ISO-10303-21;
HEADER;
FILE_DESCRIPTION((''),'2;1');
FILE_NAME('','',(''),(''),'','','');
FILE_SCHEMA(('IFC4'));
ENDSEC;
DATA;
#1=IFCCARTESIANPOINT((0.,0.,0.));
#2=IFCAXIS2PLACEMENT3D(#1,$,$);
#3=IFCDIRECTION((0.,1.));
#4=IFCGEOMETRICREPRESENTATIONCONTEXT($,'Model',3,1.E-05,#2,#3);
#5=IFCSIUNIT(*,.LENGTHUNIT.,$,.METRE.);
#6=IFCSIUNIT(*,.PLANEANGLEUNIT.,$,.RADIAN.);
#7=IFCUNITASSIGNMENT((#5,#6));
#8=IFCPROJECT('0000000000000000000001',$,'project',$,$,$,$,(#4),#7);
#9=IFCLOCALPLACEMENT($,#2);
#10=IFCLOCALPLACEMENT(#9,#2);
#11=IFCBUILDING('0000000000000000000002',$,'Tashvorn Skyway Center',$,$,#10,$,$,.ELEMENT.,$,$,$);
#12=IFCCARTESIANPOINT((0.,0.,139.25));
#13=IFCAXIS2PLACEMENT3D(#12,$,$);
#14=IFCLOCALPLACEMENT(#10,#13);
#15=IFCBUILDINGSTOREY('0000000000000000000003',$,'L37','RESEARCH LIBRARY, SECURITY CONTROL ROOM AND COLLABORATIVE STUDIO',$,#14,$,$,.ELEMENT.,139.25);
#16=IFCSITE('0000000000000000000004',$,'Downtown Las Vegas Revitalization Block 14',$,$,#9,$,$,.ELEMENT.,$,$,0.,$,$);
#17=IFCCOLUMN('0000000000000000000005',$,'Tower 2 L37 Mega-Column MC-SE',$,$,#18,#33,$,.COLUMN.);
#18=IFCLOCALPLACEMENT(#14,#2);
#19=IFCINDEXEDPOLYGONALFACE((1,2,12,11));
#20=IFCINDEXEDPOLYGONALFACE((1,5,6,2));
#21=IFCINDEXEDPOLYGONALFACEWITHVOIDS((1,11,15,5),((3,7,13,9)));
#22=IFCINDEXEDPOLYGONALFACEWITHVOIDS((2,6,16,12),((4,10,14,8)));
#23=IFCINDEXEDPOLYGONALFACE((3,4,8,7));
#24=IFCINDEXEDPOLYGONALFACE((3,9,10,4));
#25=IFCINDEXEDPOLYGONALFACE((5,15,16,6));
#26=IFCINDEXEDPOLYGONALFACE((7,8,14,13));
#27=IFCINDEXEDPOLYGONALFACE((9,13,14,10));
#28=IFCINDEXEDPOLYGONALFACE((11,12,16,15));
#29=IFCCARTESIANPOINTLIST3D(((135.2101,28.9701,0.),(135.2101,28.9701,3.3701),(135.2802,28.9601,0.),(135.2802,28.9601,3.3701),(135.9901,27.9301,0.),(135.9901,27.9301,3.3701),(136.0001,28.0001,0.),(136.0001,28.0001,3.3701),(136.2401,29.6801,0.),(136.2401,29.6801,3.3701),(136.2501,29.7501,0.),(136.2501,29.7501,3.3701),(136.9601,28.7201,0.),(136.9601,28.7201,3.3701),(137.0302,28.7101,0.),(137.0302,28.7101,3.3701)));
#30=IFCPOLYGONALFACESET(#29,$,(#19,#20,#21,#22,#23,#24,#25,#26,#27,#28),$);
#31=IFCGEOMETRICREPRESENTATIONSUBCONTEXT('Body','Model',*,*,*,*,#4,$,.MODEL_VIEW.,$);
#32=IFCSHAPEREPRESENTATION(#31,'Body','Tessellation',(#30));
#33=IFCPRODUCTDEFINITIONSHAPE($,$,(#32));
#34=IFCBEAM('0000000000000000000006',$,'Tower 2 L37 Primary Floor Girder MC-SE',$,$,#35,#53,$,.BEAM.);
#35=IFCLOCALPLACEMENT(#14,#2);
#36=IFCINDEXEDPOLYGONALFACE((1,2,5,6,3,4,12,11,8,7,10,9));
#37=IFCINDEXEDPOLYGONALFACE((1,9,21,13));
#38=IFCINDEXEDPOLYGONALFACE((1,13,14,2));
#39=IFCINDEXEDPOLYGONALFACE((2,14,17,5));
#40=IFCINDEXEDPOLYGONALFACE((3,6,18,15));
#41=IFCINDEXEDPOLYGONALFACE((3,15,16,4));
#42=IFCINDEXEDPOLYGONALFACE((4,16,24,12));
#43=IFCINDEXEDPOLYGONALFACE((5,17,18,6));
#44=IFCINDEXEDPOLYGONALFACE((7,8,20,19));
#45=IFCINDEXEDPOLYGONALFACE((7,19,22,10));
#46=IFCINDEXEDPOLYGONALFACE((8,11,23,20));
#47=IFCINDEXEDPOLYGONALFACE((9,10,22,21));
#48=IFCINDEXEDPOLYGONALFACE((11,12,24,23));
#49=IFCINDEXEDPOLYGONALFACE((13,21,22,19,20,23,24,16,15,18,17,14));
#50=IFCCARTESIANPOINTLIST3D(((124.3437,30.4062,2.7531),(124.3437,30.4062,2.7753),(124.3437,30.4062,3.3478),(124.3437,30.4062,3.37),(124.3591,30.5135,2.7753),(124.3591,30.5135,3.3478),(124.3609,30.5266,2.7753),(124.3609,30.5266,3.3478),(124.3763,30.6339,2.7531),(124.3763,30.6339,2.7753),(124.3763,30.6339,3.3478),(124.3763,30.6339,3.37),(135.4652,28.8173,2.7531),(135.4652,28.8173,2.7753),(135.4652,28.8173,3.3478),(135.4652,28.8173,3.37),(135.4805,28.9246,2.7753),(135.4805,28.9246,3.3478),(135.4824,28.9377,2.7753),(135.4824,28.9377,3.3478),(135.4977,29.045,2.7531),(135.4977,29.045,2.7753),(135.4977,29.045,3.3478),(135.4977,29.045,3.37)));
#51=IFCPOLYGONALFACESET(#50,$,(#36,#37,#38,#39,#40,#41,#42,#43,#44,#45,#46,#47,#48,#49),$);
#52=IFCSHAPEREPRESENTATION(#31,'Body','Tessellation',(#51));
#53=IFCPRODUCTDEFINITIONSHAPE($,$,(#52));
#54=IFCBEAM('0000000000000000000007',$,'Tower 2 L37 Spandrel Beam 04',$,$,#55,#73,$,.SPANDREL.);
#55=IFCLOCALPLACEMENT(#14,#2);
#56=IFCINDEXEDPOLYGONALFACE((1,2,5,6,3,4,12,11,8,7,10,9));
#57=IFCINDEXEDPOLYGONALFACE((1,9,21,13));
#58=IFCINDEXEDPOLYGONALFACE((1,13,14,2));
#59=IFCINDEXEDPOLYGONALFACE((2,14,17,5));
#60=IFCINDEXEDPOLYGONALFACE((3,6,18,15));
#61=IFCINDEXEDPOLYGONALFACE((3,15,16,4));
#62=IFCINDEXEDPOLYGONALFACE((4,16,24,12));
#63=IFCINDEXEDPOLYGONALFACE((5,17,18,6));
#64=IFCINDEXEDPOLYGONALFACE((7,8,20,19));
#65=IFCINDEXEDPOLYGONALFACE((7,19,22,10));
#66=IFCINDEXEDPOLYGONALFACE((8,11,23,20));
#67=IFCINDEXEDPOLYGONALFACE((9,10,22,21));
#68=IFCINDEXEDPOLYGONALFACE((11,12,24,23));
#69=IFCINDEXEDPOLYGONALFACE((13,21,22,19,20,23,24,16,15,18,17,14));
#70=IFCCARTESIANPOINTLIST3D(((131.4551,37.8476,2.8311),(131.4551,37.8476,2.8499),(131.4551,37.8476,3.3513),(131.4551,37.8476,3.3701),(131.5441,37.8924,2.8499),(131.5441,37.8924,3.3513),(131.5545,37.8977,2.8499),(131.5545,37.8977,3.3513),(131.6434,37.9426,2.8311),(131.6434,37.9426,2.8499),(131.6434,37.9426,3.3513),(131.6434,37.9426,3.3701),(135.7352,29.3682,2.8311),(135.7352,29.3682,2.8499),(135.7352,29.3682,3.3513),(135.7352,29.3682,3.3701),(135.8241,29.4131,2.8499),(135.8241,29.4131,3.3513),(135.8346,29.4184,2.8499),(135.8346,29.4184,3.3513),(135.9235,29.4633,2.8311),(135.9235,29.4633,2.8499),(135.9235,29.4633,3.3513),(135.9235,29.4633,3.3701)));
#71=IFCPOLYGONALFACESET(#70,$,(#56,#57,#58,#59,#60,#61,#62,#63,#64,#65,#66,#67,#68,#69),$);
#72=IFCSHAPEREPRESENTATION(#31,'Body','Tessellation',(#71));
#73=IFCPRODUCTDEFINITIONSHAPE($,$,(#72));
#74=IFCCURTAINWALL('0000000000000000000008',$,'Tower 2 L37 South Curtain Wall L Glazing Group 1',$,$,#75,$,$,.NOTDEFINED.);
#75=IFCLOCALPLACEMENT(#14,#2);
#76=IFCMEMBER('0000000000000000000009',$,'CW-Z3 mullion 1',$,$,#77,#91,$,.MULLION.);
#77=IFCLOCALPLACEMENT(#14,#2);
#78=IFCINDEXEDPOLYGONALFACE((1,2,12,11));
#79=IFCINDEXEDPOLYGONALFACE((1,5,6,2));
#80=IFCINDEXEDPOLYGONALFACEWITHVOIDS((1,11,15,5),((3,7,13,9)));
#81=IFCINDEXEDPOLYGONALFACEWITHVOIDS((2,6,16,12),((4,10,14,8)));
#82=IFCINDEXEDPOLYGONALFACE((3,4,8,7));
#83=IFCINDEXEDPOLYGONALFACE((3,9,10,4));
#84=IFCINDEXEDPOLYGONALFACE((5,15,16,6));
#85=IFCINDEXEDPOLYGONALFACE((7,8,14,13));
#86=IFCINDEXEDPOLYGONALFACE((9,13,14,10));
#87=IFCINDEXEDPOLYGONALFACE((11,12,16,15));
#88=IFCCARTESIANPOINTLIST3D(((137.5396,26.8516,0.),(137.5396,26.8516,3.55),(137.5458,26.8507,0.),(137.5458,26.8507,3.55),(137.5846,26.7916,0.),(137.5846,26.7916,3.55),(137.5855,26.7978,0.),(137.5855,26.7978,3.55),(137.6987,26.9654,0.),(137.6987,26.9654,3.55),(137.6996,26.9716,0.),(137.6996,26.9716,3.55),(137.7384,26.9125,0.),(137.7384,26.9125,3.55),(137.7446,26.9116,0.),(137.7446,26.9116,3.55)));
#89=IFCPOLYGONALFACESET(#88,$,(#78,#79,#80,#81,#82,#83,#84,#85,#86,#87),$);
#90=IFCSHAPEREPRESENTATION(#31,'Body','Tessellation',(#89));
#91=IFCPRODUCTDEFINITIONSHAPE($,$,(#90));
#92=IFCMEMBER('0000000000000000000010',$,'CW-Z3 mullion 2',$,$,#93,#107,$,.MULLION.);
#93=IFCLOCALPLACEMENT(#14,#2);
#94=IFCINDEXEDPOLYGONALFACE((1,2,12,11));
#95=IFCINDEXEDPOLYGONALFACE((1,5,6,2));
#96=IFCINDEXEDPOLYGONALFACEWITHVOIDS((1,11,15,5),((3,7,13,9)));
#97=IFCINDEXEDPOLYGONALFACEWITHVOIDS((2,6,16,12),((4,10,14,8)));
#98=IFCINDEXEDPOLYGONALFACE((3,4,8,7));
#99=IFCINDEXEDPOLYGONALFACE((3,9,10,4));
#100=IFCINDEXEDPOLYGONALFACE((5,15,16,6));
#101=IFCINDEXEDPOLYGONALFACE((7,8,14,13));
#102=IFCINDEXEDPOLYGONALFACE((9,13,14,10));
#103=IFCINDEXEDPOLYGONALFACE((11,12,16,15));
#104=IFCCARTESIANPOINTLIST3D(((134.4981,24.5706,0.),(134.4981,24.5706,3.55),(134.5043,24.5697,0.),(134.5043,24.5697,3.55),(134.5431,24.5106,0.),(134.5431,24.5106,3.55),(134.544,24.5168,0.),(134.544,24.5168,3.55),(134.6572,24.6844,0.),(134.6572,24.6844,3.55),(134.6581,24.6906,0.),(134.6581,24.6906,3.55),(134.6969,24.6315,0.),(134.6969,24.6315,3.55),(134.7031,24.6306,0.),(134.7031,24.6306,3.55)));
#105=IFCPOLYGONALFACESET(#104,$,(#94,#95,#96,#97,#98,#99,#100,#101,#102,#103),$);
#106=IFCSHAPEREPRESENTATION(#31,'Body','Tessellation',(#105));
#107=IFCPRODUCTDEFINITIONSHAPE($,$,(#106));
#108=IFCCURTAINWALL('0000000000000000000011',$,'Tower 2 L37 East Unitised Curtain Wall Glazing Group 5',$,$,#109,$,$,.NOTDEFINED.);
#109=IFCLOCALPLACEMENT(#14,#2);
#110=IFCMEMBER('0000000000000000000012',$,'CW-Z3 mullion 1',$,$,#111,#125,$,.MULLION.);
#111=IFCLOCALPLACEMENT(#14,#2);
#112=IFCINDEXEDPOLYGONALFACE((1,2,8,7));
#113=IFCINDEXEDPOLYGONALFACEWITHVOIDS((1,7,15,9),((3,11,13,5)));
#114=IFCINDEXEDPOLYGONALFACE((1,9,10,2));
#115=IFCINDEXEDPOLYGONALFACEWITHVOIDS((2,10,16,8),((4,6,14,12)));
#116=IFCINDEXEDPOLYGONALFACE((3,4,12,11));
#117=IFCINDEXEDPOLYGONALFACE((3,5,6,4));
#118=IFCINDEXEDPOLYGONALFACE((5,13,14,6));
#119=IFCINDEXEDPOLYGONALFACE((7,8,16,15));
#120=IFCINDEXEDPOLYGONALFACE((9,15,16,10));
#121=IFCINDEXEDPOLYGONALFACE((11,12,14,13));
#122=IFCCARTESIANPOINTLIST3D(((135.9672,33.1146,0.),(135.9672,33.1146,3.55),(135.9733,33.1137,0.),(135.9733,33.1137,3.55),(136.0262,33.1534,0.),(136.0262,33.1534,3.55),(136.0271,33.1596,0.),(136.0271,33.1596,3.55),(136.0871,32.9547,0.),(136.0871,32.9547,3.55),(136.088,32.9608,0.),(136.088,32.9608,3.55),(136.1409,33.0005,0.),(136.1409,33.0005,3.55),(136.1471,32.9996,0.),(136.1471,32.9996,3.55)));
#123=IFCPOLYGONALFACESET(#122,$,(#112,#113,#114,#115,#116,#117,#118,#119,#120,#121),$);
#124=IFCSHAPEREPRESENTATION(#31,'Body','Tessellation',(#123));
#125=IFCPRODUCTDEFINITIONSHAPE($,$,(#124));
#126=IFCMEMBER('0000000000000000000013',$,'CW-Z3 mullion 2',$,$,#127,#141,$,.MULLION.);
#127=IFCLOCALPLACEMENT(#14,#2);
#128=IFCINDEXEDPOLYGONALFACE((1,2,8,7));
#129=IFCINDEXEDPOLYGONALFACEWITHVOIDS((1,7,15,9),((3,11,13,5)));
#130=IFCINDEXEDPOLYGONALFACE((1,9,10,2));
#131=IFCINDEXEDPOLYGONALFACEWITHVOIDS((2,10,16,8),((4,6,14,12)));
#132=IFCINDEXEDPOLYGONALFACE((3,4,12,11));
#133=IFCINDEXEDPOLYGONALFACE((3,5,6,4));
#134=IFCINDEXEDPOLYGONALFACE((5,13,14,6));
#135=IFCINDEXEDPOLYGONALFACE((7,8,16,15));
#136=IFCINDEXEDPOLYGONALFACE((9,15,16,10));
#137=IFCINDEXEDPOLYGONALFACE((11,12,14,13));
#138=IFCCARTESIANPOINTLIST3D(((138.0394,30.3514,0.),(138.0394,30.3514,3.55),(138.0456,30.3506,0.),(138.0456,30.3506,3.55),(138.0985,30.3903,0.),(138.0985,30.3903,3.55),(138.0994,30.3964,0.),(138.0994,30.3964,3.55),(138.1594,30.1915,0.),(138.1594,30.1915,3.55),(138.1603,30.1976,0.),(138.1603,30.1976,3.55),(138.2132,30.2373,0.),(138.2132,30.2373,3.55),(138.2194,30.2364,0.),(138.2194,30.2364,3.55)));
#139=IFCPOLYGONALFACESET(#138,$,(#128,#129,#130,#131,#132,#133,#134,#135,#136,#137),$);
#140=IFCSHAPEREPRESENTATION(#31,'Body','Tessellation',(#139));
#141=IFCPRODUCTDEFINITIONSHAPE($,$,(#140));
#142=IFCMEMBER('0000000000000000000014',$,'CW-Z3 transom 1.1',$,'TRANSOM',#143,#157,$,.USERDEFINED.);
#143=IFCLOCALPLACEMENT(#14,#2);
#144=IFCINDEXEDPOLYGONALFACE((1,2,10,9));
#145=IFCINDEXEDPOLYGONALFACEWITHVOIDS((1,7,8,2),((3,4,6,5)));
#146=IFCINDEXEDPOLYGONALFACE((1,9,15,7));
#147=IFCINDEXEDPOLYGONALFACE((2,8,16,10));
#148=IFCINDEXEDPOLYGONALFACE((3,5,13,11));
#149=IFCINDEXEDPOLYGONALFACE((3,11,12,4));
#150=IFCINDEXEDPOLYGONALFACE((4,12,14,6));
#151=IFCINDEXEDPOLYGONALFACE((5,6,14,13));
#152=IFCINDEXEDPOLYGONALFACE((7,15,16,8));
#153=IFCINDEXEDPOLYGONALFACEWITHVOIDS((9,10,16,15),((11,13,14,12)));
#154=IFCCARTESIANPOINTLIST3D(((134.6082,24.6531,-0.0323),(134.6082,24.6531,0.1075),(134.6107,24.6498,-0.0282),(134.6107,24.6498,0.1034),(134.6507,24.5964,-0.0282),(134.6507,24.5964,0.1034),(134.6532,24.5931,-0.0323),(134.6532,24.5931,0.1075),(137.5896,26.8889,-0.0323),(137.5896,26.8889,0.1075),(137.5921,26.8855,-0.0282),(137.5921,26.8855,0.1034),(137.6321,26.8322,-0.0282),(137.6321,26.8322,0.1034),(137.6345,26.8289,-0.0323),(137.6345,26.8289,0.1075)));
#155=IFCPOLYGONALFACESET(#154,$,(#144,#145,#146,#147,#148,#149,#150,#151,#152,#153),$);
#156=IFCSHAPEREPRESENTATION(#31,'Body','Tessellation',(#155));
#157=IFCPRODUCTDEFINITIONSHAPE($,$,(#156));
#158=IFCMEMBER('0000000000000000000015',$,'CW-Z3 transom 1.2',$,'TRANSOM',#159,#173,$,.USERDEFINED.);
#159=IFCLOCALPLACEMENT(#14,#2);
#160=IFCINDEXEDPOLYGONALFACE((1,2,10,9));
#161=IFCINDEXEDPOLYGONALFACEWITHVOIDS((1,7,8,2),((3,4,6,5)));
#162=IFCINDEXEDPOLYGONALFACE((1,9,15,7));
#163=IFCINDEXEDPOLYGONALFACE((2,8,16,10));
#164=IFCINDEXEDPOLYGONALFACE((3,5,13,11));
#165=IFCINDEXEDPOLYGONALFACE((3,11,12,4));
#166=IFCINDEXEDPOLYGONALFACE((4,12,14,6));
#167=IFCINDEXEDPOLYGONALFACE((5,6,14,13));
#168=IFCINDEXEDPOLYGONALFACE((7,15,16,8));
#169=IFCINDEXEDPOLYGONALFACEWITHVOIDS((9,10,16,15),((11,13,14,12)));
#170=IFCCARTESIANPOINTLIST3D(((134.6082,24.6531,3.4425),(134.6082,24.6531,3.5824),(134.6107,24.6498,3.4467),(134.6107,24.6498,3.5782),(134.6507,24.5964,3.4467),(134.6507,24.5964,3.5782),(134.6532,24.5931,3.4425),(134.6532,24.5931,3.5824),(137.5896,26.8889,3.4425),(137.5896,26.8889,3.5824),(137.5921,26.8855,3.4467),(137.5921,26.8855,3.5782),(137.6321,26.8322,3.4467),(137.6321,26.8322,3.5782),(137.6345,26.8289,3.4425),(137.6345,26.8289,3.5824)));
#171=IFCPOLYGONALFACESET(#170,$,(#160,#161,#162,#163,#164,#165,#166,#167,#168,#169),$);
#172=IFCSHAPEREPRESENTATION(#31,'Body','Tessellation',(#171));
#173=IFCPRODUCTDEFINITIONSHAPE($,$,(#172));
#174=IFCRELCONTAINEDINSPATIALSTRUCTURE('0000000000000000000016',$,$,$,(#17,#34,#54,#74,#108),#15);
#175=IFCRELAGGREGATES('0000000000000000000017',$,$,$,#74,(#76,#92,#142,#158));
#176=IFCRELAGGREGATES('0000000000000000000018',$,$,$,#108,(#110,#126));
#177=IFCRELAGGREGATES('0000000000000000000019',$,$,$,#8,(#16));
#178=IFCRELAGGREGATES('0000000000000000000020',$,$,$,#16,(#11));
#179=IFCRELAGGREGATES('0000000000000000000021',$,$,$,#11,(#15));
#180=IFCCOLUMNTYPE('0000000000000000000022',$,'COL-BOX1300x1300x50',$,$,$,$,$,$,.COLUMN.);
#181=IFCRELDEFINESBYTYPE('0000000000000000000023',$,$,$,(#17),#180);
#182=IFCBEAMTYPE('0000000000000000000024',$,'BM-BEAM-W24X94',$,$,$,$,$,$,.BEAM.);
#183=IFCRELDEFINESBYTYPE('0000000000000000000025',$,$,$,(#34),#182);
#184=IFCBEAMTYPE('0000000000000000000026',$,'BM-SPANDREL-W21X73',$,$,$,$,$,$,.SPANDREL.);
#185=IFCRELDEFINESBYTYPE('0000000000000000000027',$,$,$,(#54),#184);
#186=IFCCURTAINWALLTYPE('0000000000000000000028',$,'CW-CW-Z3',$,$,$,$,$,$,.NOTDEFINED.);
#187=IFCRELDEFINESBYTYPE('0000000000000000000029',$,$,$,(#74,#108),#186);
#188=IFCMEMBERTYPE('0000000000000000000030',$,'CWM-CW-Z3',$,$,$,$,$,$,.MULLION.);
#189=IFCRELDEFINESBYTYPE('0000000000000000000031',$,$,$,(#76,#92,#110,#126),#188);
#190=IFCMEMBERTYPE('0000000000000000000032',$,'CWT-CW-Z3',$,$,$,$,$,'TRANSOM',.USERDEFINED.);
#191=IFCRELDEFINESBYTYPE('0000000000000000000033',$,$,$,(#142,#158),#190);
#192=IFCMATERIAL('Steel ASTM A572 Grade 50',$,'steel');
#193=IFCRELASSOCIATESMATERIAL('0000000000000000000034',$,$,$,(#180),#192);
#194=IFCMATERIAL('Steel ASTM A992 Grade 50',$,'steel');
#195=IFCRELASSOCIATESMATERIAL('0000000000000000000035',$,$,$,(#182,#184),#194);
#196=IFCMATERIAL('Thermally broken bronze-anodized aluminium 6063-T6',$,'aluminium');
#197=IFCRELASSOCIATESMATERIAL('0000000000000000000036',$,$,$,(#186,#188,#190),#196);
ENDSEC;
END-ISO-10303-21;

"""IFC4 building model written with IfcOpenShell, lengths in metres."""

from ifc_helpers import new_model, si_unit, direction, frame, origin, origin_2d, place, context, subcontext, project, spatial, hollow_rectangle, i_section, extrude, material, material_profile, profile_set, type_object, element, aggregate, save


model = new_model("IFC4")

# Units and contexts
model_context = context("Model", 3, precision=1e-05, world=origin(), true_north=direction((0.0, 1.0)))
body_context = subcontext(model_context, "Body", "Model", "MODEL_VIEW")
ifc_project = project(units=[si_unit("LENGTHUNIT", "METRE"), si_unit("PLANEANGLEUNIT", "RADIAN")], contexts=[model_context])

# Site, building, storey
site_placement = place(None, origin())
site = spatial("IfcSite", under=ifc_project, at=site_placement, Name="Downtown Las Vegas Revitalization Block 14", CompositionType="ELEMENT", RefElevation=0.0)
building_placement = place(site_placement, origin())
building = spatial("IfcBuilding", under=site, at=building_placement, Name="Tashvorn Skyway Center", CompositionType="ELEMENT")
storey_placement = place(building_placement, frame((0.0, 0.0, 139.25)))
storey = spatial("IfcBuildingStorey", under=building, at=storey_placement, Name="L37", Description="RESEARCH LIBRARY, SECURITY CONTROL ROOM AND COLLABORATIVE STUDIO", CompositionType="ELEMENT", Elevation=139.25)

# Column
ifc_material_1 = material(Name="Steel ASTM A572 Grade 50", Category="steel")
ifc_material_profile_1 = material_profile(ifc_material_1, hollow_rectangle(XDim=1.3, YDim=1.3, WallThickness=0.05, at=origin_2d()), Name="BOX1300x1300x50")
ifc_profile_set_1 = profile_set([ifc_material_profile_1], Name="Steel ASTM A572 Grade 50")
column_type = type_object("IfcColumnType", Name="COL-BOX1300x1300x50", PredefinedType="COLUMN", material=ifc_profile_set_1)
column_placement = place(storey_placement, frame((136.1201, 28.8401, 0.0), z_axis=(0.0, 0.0, 1.0), x_axis=(0.8, 0.6, 0.0)))
element("IfcColumn", 1, at=column_placement, inside=storey, type_object=column_type, Name="Tower 2 L37 Mega-Column MC-SE", PredefinedType="COLUMN", context=body_context, shape_type="SweptSolid", body=[
    extrude(hollow_rectangle(XDim=1.3, YDim=1.3, WallThickness=0.05, at=origin_2d()), origin(), (0.0, 0.0, 1.0), 3.3701),
])

# Beams
ifc_material_2 = material(Name="Steel ASTM A992 Grade 50", Category="steel")
ifc_material_profile_2 = material_profile(ifc_material_2, i_section(OverallWidth=0.23, OverallDepth=0.6169, WebThickness=0.0132, FlangeThickness=0.0222, at=origin_2d()), Name="W24X94")
ifc_profile_set_2 = profile_set([ifc_material_profile_2], Name="Steel ASTM A992 Grade 50")
beam_type_1 = type_object("IfcBeamType", Name="BM-BEAM-W24X94", PredefinedType="BEAM", material=ifc_profile_set_2)
beam_1_placement = place(storey_placement, frame((135.4814, 28.9312, 3.0615), z_axis=(-0.989948, 0.14143, 0.0), x_axis=(-0.14143, -0.989948, 0.0)))
element("IfcBeam", 2, at=beam_1_placement, inside=storey, type_object=beam_type_1, Name="Tower 2 L37 Primary Floor Girder MC-SE", PredefinedType="BEAM", context=body_context, shape_type="SweptSolid", body=[
    extrude(i_section(OverallWidth=0.23, OverallDepth=0.6169, WebThickness=0.0132, FlangeThickness=0.0222, at=origin_2d()), origin(), (0.0, 0.0, 1.0), 11.2344),
])
ifc_material_profile_3 = material_profile(ifc_material_2, i_section(OverallWidth=0.2109, OverallDepth=0.5391, WebThickness=0.0117, FlangeThickness=0.0188, at=origin_2d()), Name="W21X73")
ifc_profile_set_3 = profile_set([ifc_material_profile_3], Name="Steel ASTM A992 Grade 50")
beam_type_2 = type_object("IfcBeamType", Name="BM-SPANDREL-W21X73", PredefinedType="SPANDREL", material=ifc_profile_set_3)
beam_2_placement = place(storey_placement, frame((135.8293, 29.4158, 3.1006), z_axis=(-0.450614, 0.892719, 0.0), x_axis=(-0.892719, -0.450614, 0.0)))
element("IfcBeam", 3, at=beam_2_placement, inside=storey, type_object=beam_type_2, Name="Tower 2 L37 Spandrel Beam 04", PredefinedType="SPANDREL", context=body_context, shape_type="SweptSolid", body=[
    extrude(i_section(OverallWidth=0.2109, OverallDepth=0.5391, WebThickness=0.0117, FlangeThickness=0.0188, at=origin_2d()), origin(), (0.0, 0.0, 1.0), 9.4983),
])

# Curtain walls, members
ifc_material_3 = material(Name="Thermally broken bronze-anodized aluminium 6063-T6", Category="aluminium")
curtain_wall_type = type_object("IfcCurtainWallType", Name="CW-CW-Z3", PredefinedType="NOTDEFINED", material=ifc_material_3)
curtain_wall_1_placement = place(storey_placement, origin())
curtain_wall_1 = element("IfcCurtainWall", 4, at=curtain_wall_1_placement, inside=storey, type_object=curtain_wall_type, Name="Tower 2 L37 South Curtain Wall L Glazing Group 1", PredefinedType="NOTDEFINED")
ifc_material_profile_4 = material_profile(ifc_material_3, hollow_rectangle(XDim=0.075, YDim=0.2, WallThickness=0.0044, at=origin_2d()), Name="ALU-MULL-75x200")
ifc_profile_set_4 = profile_set([ifc_material_profile_4], Name="Thermally broken bronze-anodized aluminium 6063-T6")
member_type_1 = type_object("IfcMemberType", Name="CWM-CW-Z3", PredefinedType="MULLION", material=ifc_profile_set_4)
member_1_placement = place(storey_placement, frame((137.6421, 26.8816, 0.0), z_axis=(0.0, 0.0, 1.0), x_axis=(0.600004, -0.799997, 0.0)))
member_1 = element("IfcMember", 5, at=member_1_placement, type_object=member_type_1, Name="CW-Z3 mullion 1", PredefinedType="MULLION", context=body_context, shape_type="SweptSolid", body=[
    extrude(hollow_rectangle(XDim=0.075, YDim=0.2, WallThickness=0.0044, at=origin_2d()), origin(), (0.0, 0.0, 1.0), 3.55),
])
member_2_placement = place(storey_placement, frame((134.6006, 24.6006, 0.0), z_axis=(0.0, 0.0, 1.0), x_axis=(0.600004, -0.799997, 0.0)))
member_2 = element("IfcMember", 6, at=member_2_placement, type_object=member_type_1, Name="CW-Z3 mullion 2", PredefinedType="MULLION", context=body_context, shape_type="SweptSolid", body=[
    extrude(hollow_rectangle(XDim=0.075, YDim=0.2, WallThickness=0.0044, at=origin_2d()), origin(), (0.0, 0.0, 1.0), 3.55),
])
curtain_wall_2_placement = place(storey_placement, origin())
curtain_wall_2 = element("IfcCurtainWall", 7, at=curtain_wall_2_placement, inside=storey, type_object=curtain_wall_type, Name="Tower 2 L37 East Unitised Curtain Wall Glazing Group 5", PredefinedType="NOTDEFINED")
member_3_placement = place(storey_placement, frame((136.0571, 33.0571, 0.0), z_axis=(0.0, 0.0, 1.0), x_axis=(0.800003, 0.599995, 0.0)))
member_3 = element("IfcMember", 8, at=member_3_placement, type_object=member_type_1, Name="CW-Z3 mullion 1", PredefinedType="MULLION", context=body_context, shape_type="SweptSolid", body=[
    extrude(hollow_rectangle(XDim=0.075, YDim=0.2, WallThickness=0.0044, at=origin_2d()), origin(), (0.0, 0.0, 1.0), 3.55),
])
member_4_placement = place(storey_placement, frame((138.1294, 30.2939, 0.0), z_axis=(0.0, 0.0, 1.0), x_axis=(0.800003, 0.599995, 0.0)))
member_4 = element("IfcMember", 9, at=member_4_placement, type_object=member_type_1, Name="CW-Z3 mullion 2", PredefinedType="MULLION", context=body_context, shape_type="SweptSolid", body=[
    extrude(hollow_rectangle(XDim=0.075, YDim=0.2, WallThickness=0.0044, at=origin_2d()), origin(), (0.0, 0.0, 1.0), 3.55),
])

# Members
ifc_material_profile_5 = material_profile(ifc_material_3, hollow_rectangle(XDim=0.075, YDim=0.1399, WallThickness=0.0042, at=origin_2d()), Name="ALU-TRAN-75x140")
ifc_profile_set_5 = profile_set([ifc_material_profile_5], Name="Thermally broken bronze-anodized aluminium 6063-T6")
member_type_2 = type_object("IfcMemberType", Name="CWT-CW-Z3", ElementType="TRANSOM", PredefinedType="USERDEFINED", material=ifc_profile_set_5)
member_5_placement = place(storey_placement, frame((137.6121, 26.8589, 0.0376), z_axis=(-0.800031, -0.599958, 0.0), x_axis=(0.599958, -0.800031, 0.0)))
member_5 = element("IfcMember", 10, at=member_5_placement, type_object=member_type_2, Name="CW-Z3 transom 1.1", ObjectType="TRANSOM", PredefinedType="USERDEFINED", context=body_context, shape_type="SweptSolid", body=[
    extrude(hollow_rectangle(XDim=0.075, YDim=0.1399, WallThickness=0.0042, at=origin_2d()), origin(), (0.0, 0.0, 1.0), 3.7266),
])
member_6_placement = place(storey_placement, frame((137.6121, 26.8589, 3.5125), z_axis=(-0.800031, -0.599958, 0.0), x_axis=(0.599958, -0.800031, 0.0)))
member_6 = element("IfcMember", 11, at=member_6_placement, type_object=member_type_2, Name="CW-Z3 transom 1.2", ObjectType="TRANSOM", PredefinedType="USERDEFINED", context=body_context, shape_type="SweptSolid", body=[
    extrude(hollow_rectangle(XDim=0.075, YDim=0.1399, WallThickness=0.0042, at=origin_2d()), origin(), (0.0, 0.0, 1.0), 3.7266),
])

aggregate(curtain_wall_1, [member_1, member_2, member_5, member_6])
aggregate(curtain_wall_2, [member_3, member_4])

save(model, "model.ifc")
